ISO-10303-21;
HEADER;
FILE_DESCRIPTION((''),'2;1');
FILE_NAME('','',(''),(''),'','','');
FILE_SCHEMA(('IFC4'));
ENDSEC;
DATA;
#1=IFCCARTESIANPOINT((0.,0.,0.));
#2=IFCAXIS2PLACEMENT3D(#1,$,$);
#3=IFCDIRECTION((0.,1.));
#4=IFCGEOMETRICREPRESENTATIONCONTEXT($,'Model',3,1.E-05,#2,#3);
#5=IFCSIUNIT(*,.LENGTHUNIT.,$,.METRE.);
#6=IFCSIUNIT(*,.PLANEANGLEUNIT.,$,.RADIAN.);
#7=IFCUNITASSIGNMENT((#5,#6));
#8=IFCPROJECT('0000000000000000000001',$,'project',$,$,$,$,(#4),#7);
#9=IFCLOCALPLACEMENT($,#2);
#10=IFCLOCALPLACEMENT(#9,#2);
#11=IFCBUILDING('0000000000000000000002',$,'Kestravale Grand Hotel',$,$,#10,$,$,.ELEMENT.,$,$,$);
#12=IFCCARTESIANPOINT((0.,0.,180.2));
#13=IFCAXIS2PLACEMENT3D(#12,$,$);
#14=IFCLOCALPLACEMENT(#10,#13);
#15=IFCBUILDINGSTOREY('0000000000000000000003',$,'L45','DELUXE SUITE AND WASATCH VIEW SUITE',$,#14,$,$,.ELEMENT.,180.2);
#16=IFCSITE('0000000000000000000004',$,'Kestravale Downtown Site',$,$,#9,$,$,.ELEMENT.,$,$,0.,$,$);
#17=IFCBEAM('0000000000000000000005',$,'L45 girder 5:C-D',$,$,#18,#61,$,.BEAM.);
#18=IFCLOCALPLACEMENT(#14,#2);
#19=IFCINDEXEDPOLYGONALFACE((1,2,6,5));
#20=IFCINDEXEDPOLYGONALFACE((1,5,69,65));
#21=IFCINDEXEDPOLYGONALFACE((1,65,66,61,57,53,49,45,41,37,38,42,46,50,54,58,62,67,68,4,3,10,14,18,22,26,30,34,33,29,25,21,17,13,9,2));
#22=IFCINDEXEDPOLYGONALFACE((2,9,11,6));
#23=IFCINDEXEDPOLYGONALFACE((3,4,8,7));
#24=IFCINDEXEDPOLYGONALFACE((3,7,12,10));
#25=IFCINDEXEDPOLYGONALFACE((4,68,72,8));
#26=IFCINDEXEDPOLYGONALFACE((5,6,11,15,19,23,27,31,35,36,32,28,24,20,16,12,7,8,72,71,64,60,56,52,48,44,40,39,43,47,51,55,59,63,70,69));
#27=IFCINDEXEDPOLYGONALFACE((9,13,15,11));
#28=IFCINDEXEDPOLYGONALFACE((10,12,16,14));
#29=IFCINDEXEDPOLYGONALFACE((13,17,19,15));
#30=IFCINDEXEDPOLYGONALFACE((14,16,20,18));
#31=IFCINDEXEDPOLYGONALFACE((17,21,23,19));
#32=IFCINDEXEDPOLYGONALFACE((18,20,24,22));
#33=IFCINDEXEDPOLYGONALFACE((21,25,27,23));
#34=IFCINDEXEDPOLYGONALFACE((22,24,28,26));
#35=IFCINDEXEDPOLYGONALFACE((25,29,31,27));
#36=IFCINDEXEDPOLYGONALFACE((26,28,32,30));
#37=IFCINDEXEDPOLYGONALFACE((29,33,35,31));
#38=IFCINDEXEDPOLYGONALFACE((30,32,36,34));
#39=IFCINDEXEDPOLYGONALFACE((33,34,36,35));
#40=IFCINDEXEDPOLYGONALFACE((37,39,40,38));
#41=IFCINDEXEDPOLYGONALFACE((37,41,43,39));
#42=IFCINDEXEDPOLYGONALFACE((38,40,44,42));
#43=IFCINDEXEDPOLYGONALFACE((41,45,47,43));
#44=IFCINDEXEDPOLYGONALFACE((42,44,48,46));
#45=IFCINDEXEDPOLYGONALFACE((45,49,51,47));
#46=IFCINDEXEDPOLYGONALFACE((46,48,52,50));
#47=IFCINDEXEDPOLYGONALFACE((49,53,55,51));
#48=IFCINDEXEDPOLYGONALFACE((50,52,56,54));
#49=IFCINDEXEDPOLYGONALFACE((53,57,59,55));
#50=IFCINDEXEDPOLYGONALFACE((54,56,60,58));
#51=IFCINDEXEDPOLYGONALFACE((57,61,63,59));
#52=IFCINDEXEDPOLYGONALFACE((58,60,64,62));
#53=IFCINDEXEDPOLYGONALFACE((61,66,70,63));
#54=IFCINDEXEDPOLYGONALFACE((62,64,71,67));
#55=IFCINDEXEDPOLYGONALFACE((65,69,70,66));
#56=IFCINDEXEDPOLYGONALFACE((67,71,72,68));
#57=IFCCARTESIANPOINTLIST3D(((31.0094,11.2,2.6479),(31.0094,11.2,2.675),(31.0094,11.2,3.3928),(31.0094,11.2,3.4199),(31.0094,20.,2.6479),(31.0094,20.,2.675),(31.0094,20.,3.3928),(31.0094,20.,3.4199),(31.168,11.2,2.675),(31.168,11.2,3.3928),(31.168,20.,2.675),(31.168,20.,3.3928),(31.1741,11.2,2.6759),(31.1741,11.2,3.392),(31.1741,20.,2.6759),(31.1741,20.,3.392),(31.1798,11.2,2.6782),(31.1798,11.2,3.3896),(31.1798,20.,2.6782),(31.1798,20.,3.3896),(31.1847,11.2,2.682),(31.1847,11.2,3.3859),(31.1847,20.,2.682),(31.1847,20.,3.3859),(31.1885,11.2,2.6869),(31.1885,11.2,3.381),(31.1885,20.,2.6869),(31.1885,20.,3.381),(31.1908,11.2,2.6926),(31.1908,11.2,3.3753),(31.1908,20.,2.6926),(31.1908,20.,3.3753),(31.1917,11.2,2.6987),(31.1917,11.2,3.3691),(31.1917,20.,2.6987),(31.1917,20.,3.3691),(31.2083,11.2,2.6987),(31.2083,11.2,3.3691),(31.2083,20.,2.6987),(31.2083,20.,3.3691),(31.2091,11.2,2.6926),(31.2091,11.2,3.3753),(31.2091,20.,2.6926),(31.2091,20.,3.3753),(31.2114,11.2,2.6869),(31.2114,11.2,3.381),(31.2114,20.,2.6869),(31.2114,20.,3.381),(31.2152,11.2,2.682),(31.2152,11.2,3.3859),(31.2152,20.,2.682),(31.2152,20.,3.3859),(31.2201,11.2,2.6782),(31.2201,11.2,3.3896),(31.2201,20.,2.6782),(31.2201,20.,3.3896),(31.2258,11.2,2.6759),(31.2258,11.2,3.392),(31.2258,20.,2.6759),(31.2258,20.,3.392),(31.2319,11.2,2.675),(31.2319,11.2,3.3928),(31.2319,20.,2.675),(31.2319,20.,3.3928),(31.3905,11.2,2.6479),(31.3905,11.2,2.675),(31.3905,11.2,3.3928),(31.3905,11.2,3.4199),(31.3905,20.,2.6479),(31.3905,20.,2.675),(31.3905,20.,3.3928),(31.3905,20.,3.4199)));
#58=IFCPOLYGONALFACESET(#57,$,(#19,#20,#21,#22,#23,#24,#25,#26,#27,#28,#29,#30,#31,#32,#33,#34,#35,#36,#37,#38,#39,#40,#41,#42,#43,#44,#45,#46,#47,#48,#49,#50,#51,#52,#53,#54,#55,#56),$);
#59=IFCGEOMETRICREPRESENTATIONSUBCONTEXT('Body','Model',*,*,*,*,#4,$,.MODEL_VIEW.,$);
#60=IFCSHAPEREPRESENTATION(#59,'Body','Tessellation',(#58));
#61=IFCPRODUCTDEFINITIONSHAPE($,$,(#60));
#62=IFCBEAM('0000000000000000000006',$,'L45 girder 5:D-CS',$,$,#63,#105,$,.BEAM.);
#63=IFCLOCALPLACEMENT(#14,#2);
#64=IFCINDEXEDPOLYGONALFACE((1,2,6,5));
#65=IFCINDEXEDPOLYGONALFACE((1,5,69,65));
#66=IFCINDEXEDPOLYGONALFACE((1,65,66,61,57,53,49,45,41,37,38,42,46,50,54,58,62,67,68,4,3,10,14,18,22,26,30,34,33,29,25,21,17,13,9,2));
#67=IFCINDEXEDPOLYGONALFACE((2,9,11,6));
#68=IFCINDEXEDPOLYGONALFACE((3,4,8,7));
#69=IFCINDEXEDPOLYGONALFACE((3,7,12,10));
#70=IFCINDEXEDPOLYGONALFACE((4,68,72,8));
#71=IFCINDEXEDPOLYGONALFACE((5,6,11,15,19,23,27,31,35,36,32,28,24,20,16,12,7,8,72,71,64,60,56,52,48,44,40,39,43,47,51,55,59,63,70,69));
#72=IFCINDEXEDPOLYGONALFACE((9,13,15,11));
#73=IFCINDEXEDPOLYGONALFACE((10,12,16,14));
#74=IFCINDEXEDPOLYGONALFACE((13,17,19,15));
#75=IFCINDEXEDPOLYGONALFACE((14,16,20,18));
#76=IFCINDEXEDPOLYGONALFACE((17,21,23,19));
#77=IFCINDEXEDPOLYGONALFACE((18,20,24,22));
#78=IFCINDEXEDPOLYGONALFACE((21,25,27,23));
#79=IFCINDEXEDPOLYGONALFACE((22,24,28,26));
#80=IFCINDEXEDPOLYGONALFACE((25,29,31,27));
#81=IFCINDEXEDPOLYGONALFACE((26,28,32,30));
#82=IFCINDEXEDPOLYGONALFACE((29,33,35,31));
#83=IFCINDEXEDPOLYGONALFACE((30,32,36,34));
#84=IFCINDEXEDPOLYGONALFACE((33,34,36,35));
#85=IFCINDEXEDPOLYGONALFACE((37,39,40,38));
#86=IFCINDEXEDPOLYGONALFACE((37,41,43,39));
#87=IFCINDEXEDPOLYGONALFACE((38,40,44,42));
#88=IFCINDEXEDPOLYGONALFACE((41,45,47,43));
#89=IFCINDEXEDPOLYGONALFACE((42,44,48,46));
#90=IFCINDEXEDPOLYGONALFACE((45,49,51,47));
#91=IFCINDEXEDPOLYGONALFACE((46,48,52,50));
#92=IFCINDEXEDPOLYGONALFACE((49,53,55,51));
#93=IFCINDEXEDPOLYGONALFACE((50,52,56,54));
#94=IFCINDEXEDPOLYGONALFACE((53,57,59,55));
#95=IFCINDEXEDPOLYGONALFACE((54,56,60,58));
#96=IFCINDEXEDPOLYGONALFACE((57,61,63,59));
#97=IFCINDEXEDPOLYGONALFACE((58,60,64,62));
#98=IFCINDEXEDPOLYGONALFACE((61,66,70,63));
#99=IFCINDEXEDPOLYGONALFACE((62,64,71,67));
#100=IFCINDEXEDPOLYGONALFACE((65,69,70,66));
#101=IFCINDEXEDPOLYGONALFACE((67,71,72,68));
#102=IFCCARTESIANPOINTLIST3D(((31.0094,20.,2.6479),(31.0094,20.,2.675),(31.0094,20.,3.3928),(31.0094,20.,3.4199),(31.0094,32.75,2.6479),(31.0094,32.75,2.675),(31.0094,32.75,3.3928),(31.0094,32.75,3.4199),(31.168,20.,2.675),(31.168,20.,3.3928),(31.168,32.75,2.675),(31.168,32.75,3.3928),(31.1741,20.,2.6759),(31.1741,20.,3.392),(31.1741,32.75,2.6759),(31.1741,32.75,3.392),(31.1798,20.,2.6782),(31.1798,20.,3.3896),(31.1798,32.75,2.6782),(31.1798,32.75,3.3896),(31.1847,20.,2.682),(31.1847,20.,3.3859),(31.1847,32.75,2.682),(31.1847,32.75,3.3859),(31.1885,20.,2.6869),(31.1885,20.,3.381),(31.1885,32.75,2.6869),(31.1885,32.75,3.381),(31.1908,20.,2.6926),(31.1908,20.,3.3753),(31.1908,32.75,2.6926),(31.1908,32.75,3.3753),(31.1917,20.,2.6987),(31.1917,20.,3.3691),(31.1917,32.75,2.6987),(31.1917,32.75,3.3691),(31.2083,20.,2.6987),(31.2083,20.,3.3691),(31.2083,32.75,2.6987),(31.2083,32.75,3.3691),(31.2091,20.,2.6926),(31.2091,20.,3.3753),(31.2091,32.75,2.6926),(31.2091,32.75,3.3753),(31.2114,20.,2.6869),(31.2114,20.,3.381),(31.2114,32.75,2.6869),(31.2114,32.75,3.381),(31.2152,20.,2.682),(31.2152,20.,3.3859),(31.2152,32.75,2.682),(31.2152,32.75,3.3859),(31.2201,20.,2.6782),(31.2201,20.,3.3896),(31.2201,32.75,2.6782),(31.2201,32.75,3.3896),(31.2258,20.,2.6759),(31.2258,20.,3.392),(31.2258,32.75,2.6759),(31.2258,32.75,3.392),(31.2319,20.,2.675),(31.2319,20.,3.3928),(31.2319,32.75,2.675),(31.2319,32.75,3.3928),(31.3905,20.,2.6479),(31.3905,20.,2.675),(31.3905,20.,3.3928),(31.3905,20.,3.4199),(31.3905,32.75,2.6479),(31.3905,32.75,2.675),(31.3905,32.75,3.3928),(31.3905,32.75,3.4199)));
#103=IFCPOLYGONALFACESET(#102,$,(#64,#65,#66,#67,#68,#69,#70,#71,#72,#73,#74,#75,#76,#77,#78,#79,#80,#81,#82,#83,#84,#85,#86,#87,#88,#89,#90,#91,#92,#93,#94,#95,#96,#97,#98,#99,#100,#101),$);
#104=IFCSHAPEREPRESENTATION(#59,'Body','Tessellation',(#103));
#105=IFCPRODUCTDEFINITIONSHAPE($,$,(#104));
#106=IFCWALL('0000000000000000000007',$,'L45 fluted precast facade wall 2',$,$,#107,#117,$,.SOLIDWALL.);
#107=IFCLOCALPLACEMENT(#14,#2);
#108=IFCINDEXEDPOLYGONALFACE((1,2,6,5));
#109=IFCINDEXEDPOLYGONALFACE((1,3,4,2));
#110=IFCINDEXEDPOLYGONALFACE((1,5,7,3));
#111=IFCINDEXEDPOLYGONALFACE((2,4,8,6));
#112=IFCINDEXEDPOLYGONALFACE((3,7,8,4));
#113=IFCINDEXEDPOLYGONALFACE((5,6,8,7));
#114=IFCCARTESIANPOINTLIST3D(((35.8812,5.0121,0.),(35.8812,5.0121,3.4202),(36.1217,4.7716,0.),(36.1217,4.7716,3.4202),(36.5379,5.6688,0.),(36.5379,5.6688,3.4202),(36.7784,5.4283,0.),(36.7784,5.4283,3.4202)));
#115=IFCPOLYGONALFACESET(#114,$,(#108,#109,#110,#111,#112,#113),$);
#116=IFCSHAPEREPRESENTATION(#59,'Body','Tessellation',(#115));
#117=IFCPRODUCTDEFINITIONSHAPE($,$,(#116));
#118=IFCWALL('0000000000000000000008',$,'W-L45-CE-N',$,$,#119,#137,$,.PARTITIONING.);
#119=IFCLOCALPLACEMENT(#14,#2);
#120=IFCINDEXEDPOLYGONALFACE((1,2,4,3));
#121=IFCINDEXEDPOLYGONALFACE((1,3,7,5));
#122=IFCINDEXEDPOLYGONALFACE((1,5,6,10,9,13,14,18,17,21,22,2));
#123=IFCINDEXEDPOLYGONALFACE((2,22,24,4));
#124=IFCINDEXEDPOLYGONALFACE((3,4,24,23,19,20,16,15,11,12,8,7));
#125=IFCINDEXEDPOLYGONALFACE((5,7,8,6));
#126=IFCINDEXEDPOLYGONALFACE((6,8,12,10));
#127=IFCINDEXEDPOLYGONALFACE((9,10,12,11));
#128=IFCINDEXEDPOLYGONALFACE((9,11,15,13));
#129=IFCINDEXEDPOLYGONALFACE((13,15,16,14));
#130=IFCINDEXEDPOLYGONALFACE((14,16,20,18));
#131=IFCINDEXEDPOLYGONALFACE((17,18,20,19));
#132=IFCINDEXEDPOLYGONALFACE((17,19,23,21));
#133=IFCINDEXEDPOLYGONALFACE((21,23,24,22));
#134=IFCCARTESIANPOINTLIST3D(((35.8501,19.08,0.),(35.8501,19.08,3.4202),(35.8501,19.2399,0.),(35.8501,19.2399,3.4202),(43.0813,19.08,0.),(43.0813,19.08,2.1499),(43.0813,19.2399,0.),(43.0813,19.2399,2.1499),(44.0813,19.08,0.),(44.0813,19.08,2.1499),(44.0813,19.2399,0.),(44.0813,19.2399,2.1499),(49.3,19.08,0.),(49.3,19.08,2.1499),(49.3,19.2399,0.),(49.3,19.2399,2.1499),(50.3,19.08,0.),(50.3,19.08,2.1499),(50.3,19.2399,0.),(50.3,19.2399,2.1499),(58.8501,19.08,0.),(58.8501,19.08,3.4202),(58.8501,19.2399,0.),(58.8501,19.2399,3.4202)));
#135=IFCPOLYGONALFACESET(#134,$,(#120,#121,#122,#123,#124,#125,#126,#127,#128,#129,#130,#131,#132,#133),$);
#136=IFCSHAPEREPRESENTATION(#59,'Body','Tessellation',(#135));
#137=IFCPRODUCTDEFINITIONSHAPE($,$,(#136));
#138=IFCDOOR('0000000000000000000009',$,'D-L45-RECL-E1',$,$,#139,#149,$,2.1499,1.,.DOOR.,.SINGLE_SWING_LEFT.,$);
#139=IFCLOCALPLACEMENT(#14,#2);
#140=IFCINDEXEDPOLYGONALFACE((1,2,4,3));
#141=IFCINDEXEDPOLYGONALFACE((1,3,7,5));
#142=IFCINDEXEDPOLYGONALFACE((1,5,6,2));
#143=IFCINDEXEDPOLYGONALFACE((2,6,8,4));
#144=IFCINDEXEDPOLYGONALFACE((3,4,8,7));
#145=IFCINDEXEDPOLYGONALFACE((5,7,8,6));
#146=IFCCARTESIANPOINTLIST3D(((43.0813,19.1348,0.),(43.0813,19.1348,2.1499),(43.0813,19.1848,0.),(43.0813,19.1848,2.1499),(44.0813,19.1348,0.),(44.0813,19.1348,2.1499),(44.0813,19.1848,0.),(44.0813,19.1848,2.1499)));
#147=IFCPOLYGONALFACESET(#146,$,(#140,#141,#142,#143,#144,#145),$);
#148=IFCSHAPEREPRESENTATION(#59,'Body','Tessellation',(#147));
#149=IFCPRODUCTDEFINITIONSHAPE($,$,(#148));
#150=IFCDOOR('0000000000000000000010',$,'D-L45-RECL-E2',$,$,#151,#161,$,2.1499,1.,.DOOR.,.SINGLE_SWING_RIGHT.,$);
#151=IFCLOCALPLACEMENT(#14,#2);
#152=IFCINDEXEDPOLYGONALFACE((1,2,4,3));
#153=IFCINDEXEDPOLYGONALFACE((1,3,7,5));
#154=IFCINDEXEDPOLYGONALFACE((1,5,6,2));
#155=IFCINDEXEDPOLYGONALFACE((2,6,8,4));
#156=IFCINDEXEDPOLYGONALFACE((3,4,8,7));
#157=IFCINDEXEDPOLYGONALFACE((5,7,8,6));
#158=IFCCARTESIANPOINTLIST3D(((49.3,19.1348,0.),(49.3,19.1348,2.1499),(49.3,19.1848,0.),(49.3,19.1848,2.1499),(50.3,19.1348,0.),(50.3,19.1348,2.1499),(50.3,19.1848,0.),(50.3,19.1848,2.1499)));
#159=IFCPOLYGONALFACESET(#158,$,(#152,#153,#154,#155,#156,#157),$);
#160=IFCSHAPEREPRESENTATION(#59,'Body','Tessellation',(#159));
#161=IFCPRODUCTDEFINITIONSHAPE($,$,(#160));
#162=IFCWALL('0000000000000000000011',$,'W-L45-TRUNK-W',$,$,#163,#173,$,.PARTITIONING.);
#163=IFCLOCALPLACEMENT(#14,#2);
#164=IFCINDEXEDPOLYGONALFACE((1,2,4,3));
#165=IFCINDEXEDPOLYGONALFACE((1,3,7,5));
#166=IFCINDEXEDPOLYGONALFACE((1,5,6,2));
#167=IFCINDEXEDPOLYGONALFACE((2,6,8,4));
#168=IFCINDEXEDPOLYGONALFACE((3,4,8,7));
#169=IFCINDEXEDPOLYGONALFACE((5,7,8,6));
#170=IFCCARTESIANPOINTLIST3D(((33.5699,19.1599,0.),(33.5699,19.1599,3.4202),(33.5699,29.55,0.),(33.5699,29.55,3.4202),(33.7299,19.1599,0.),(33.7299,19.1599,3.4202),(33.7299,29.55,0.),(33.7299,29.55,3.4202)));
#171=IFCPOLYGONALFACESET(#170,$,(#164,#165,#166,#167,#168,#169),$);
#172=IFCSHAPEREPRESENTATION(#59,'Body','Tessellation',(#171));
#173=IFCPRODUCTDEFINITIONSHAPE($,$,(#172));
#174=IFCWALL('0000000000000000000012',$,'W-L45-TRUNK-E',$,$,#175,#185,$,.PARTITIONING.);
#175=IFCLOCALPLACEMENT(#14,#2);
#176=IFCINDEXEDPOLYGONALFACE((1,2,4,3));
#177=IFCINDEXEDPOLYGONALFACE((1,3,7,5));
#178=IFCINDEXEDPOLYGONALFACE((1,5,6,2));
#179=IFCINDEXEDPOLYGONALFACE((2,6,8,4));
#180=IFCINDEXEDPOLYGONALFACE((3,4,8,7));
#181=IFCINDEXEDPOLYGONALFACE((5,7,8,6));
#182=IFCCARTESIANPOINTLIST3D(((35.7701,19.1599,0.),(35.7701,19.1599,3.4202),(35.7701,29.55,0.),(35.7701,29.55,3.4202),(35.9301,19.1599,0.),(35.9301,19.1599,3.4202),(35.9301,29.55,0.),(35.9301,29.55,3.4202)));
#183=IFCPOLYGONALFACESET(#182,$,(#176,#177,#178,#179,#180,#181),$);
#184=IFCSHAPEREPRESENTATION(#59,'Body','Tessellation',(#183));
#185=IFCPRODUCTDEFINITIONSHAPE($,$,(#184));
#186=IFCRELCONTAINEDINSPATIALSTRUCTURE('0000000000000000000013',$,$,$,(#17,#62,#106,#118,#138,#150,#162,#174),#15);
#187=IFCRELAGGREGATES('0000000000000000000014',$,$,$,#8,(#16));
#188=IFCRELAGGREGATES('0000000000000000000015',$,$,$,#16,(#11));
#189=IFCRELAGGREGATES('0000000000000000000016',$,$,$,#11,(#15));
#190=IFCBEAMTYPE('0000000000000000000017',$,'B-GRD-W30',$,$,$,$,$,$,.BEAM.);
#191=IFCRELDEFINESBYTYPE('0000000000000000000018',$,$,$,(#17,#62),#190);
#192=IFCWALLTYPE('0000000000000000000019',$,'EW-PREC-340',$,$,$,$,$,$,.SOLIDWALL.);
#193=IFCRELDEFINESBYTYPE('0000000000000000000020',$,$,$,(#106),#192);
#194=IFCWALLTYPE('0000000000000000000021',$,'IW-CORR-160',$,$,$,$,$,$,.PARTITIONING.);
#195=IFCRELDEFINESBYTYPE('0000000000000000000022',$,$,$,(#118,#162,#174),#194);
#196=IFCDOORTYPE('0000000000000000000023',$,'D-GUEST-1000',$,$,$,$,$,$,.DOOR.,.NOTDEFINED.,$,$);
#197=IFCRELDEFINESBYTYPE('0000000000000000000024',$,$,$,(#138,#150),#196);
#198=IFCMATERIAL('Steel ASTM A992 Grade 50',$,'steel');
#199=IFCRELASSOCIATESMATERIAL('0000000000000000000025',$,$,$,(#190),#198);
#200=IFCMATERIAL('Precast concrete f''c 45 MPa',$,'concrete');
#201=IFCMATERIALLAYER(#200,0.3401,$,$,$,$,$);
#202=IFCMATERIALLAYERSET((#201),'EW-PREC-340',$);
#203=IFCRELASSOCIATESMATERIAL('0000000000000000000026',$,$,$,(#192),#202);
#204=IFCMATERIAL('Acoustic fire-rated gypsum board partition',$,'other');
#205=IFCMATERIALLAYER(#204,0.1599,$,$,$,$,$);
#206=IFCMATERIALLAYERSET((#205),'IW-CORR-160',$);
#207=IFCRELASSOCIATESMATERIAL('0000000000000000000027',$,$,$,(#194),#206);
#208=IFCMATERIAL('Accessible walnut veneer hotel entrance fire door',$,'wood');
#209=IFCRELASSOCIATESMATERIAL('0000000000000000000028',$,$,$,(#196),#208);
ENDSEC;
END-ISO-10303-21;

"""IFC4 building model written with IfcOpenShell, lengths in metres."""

from ifc_helpers import new_model, si_unit, direction, frame, frame_2d, origin, origin_2d, place, context, subcontext, project, spatial, rectangle, i_section, extrude, material, layer, layer_set, material_profile, profile_set, type_object, element, fill, save


model = new_model("IFC4")

# Units and contexts
model_context = context("Model", 3, precision=1e-05, world=origin(), true_north=direction((0.0, 1.0)))
body_context = subcontext(model_context, "Body", "Model", "MODEL_VIEW")
ifc_project = project(units=[si_unit("LENGTHUNIT", "METRE"), si_unit("PLANEANGLEUNIT", "RADIAN")], contexts=[model_context])

# Site, building, storey
site_placement = place(None, origin())
site = spatial("IfcSite", under=ifc_project, at=site_placement, Name="Kestravale Downtown Site", CompositionType="ELEMENT", RefElevation=0.0)
building_placement = place(site_placement, origin())
building = spatial("IfcBuilding", under=site, at=building_placement, Name="Kestravale Grand Hotel", CompositionType="ELEMENT")
storey_placement = place(building_placement, frame((0.0, 0.0, 180.2)))
storey = spatial("IfcBuildingStorey", under=building, at=storey_placement, Name="L45", Description="DELUXE SUITE AND WASATCH VIEW SUITE", CompositionType="ELEMENT", Elevation=180.2)

# Beams
ifc_material_1 = material(Name="Steel ASTM A992 Grade 50", Category="steel")
ifc_material_profile_1 = material_profile(ifc_material_1, i_section(OverallWidth=0.3811, OverallDepth=0.772, WebThickness=0.0166, FlangeThickness=0.0271, FilletRadius=0.0237, at=origin_2d()))
ifc_profile_set_1 = profile_set([ifc_material_profile_1], Name="Steel ASTM A992 Grade 50")
beam_type_1 = type_object("IfcBeamType", Name="B-GRD-W30", PredefinedType="BEAM", material=ifc_profile_set_1)
beam_1_placement = place(storey_placement, frame((31.2, 11.2, 3.0339), z_axis=(0.0, 1.0, 0.0), x_axis=(-1.0, 0.0, 0.0)))
element("IfcBeam", 1, at=beam_1_placement, inside=storey, type_object=beam_type_1, Name="L45 girder 5:C-D", PredefinedType="BEAM", context=body_context, shape_type="SweptSolid", body=[
    extrude(i_section(OverallWidth=0.3811, OverallDepth=0.772, WebThickness=0.0166, FlangeThickness=0.0271, FilletRadius=0.0237, at=origin_2d()), origin(), (0.0, 0.0, 1.0), 8.8),
])
beam_2_placement = place(storey_placement, frame((31.2, 20.0, 3.0339), z_axis=(0.0, 1.0, 0.0), x_axis=(-1.0, 0.0, 0.0)))
element("IfcBeam", 2, at=beam_2_placement, inside=storey, type_object=beam_type_1, Name="L45 girder 5:D-CS", PredefinedType="BEAM", context=body_context, shape_type="SweptSolid", body=[
    extrude(i_section(OverallWidth=0.3811, OverallDepth=0.772, WebThickness=0.0166, FlangeThickness=0.0271, FilletRadius=0.0237, at=origin_2d()), origin(), (0.0, 0.0, 1.0), 12.75),
])

# Wall
ifc_material_2 = material(Name="Precast concrete f'c 45 MPa", Category="concrete")
ifc_layer_1 = layer(ifc_material_2, 0.3401)
ifc_layer_set_1 = layer_set([ifc_layer_1], Name="EW-PREC-340")
wall_type_1 = type_object("IfcWallType", Name="EW-PREC-340", PredefinedType="SOLIDWALL", material=ifc_layer_set_1)
wall_1_placement = place(storey_placement, frame((36.0015, 4.8918, 0.0), z_axis=(0.0, 0.0, 1.0), x_axis=(0.707107, 0.707107, 0.0)))
element("IfcWall", 3, at=wall_1_placement, inside=storey, type_object=wall_type_1, Name="L45 fluted precast facade wall 2", PredefinedType="SOLIDWALL", context=body_context, shape_type="SweptSolid", body=[
    extrude(rectangle(XDim=0.9287, YDim=0.3401, at=frame_2d((0.4644, 0.0))), origin(), (0.0, 0.0, 1.0), 3.4202),
])

# Wall, openings, doors
ifc_material_3 = material(Name="Acoustic fire-rated gypsum board partition", Category="other")
ifc_layer_2 = layer(ifc_material_3, 0.1599)
ifc_layer_set_2 = layer_set([ifc_layer_2], Name="IW-CORR-160")
wall_type_2 = type_object("IfcWallType", Name="IW-CORR-160", PredefinedType="PARTITIONING", material=ifc_layer_set_2)
wall_2_placement = place(storey_placement, frame((35.8501, 19.1599, 0.0), z_axis=(0.0, 0.0, 1.0), x_axis=(1.0, 0.0, 0.0)))
wall_2 = element("IfcWall", 4, at=wall_2_placement, inside=storey, type_object=wall_type_2, Name="W-L45-CE-N", PredefinedType="PARTITIONING", context=body_context, shape_type="SweptSolid", body=[
    extrude(rectangle(XDim=23.0, YDim=0.1599, at=frame_2d((11.5, 0.0))), origin(), (0.0, 0.0, 1.0), 3.4202),
])
opening_1_placement = place(wall_2_placement, frame((7.2312, 0.0, 0.0)))
opening_1 = element("IfcOpeningElement", 5, at=opening_1_placement, cuts=wall_2, PredefinedType="OPENING", context=body_context, shape_type="SweptSolid", body=[
    extrude(rectangle(XDim=1.0, YDim=2.1499, at=frame_2d((0.5, 1.075))), frame((0.0, 0.0898, 0.0), z_axis=(0.0, -1.0, 0.0), x_axis=(1.0, 0.0, 0.0)), (0.0, 0.0, 1.0), 0.1799),
])
opening_2_placement = place(wall_2_placement, frame((13.45, 0.0, 0.0)))
opening_2 = element("IfcOpeningElement", 6, at=opening_2_placement, cuts=wall_2, PredefinedType="OPENING", context=body_context, shape_type="SweptSolid", body=[
    extrude(rectangle(XDim=1.0, YDim=2.1499, at=frame_2d((0.5, 1.075))), frame((0.0, 0.0898, 0.0), z_axis=(0.0, -1.0, 0.0), x_axis=(1.0, 0.0, 0.0)), (0.0, 0.0, 1.0), 0.1799),
])
ifc_material_4 = material(Name="Accessible walnut veneer hotel entrance fire door", Category="wood")
door_type_1 = type_object("IfcDoorType", Name="D-GUEST-1000", OperationType="NOTDEFINED", PredefinedType="DOOR", material=ifc_material_4)
door_1_placement = place(opening_1_placement, origin())
door_1 = element("IfcDoor", 7, at=door_1_placement, inside=storey, type_object=door_type_1, Name="D-L45-RECL-E1", OperationType="SINGLE_SWING_LEFT", OverallHeight=2.1499, OverallWidth=1.0, PredefinedType="DOOR", context=body_context, shape_type="SweptSolid", body=[
    extrude(rectangle(XDim=1.0, YDim=2.1499, at=frame_2d((0.5, 1.075))), frame((0.0, 0.0249, 0.0), z_axis=(0.0, -1.0, 0.0), x_axis=(1.0, 0.0, 0.0)), (0.0, 0.0, 1.0), 0.05),
])
fill(opening_1, door_1)
door_2_placement = place(opening_2_placement, origin())
door_2 = element("IfcDoor", 8, at=door_2_placement, inside=storey, type_object=door_type_1, Name="D-L45-RECL-E2", OperationType="SINGLE_SWING_RIGHT", OverallHeight=2.1499, OverallWidth=1.0, PredefinedType="DOOR", context=body_context, shape_type="SweptSolid", body=[
    extrude(rectangle(XDim=1.0, YDim=2.1499, at=frame_2d((0.5, 1.075))), frame((0.0, 0.0249, 0.0), z_axis=(0.0, -1.0, 0.0), x_axis=(1.0, 0.0, 0.0)), (0.0, 0.0, 1.0), 0.05),
])
fill(opening_2, door_2)

# Walls
for number, where, z_axis, x_axis, name in (
    (9, (33.6499, 19.1599, 0.0), (0.0, 0.0, 1.0), (0.0, 1.0, 0.0), "W-L45-TRUNK-W"),
    (10, (35.8501, 19.1599, 0.0), (0.0, 0.0, 1.0), (0.0, 1.0, 0.0), "W-L45-TRUNK-E"),
):
    element("IfcWall", number, at=place(storey_placement, frame(where, z_axis=z_axis, x_axis=x_axis)), inside=storey, type_object=wall_type_2, Name=name, PredefinedType="PARTITIONING", context=body_context, shape_type="SweptSolid", body=[
        extrude(rectangle(XDim=10.3901, YDim=0.1599, at=frame_2d((5.1951, 0.0))), origin(), (0.0, 0.0, 1.0), 3.4202),
    ])

save(model, "model.ifc")
